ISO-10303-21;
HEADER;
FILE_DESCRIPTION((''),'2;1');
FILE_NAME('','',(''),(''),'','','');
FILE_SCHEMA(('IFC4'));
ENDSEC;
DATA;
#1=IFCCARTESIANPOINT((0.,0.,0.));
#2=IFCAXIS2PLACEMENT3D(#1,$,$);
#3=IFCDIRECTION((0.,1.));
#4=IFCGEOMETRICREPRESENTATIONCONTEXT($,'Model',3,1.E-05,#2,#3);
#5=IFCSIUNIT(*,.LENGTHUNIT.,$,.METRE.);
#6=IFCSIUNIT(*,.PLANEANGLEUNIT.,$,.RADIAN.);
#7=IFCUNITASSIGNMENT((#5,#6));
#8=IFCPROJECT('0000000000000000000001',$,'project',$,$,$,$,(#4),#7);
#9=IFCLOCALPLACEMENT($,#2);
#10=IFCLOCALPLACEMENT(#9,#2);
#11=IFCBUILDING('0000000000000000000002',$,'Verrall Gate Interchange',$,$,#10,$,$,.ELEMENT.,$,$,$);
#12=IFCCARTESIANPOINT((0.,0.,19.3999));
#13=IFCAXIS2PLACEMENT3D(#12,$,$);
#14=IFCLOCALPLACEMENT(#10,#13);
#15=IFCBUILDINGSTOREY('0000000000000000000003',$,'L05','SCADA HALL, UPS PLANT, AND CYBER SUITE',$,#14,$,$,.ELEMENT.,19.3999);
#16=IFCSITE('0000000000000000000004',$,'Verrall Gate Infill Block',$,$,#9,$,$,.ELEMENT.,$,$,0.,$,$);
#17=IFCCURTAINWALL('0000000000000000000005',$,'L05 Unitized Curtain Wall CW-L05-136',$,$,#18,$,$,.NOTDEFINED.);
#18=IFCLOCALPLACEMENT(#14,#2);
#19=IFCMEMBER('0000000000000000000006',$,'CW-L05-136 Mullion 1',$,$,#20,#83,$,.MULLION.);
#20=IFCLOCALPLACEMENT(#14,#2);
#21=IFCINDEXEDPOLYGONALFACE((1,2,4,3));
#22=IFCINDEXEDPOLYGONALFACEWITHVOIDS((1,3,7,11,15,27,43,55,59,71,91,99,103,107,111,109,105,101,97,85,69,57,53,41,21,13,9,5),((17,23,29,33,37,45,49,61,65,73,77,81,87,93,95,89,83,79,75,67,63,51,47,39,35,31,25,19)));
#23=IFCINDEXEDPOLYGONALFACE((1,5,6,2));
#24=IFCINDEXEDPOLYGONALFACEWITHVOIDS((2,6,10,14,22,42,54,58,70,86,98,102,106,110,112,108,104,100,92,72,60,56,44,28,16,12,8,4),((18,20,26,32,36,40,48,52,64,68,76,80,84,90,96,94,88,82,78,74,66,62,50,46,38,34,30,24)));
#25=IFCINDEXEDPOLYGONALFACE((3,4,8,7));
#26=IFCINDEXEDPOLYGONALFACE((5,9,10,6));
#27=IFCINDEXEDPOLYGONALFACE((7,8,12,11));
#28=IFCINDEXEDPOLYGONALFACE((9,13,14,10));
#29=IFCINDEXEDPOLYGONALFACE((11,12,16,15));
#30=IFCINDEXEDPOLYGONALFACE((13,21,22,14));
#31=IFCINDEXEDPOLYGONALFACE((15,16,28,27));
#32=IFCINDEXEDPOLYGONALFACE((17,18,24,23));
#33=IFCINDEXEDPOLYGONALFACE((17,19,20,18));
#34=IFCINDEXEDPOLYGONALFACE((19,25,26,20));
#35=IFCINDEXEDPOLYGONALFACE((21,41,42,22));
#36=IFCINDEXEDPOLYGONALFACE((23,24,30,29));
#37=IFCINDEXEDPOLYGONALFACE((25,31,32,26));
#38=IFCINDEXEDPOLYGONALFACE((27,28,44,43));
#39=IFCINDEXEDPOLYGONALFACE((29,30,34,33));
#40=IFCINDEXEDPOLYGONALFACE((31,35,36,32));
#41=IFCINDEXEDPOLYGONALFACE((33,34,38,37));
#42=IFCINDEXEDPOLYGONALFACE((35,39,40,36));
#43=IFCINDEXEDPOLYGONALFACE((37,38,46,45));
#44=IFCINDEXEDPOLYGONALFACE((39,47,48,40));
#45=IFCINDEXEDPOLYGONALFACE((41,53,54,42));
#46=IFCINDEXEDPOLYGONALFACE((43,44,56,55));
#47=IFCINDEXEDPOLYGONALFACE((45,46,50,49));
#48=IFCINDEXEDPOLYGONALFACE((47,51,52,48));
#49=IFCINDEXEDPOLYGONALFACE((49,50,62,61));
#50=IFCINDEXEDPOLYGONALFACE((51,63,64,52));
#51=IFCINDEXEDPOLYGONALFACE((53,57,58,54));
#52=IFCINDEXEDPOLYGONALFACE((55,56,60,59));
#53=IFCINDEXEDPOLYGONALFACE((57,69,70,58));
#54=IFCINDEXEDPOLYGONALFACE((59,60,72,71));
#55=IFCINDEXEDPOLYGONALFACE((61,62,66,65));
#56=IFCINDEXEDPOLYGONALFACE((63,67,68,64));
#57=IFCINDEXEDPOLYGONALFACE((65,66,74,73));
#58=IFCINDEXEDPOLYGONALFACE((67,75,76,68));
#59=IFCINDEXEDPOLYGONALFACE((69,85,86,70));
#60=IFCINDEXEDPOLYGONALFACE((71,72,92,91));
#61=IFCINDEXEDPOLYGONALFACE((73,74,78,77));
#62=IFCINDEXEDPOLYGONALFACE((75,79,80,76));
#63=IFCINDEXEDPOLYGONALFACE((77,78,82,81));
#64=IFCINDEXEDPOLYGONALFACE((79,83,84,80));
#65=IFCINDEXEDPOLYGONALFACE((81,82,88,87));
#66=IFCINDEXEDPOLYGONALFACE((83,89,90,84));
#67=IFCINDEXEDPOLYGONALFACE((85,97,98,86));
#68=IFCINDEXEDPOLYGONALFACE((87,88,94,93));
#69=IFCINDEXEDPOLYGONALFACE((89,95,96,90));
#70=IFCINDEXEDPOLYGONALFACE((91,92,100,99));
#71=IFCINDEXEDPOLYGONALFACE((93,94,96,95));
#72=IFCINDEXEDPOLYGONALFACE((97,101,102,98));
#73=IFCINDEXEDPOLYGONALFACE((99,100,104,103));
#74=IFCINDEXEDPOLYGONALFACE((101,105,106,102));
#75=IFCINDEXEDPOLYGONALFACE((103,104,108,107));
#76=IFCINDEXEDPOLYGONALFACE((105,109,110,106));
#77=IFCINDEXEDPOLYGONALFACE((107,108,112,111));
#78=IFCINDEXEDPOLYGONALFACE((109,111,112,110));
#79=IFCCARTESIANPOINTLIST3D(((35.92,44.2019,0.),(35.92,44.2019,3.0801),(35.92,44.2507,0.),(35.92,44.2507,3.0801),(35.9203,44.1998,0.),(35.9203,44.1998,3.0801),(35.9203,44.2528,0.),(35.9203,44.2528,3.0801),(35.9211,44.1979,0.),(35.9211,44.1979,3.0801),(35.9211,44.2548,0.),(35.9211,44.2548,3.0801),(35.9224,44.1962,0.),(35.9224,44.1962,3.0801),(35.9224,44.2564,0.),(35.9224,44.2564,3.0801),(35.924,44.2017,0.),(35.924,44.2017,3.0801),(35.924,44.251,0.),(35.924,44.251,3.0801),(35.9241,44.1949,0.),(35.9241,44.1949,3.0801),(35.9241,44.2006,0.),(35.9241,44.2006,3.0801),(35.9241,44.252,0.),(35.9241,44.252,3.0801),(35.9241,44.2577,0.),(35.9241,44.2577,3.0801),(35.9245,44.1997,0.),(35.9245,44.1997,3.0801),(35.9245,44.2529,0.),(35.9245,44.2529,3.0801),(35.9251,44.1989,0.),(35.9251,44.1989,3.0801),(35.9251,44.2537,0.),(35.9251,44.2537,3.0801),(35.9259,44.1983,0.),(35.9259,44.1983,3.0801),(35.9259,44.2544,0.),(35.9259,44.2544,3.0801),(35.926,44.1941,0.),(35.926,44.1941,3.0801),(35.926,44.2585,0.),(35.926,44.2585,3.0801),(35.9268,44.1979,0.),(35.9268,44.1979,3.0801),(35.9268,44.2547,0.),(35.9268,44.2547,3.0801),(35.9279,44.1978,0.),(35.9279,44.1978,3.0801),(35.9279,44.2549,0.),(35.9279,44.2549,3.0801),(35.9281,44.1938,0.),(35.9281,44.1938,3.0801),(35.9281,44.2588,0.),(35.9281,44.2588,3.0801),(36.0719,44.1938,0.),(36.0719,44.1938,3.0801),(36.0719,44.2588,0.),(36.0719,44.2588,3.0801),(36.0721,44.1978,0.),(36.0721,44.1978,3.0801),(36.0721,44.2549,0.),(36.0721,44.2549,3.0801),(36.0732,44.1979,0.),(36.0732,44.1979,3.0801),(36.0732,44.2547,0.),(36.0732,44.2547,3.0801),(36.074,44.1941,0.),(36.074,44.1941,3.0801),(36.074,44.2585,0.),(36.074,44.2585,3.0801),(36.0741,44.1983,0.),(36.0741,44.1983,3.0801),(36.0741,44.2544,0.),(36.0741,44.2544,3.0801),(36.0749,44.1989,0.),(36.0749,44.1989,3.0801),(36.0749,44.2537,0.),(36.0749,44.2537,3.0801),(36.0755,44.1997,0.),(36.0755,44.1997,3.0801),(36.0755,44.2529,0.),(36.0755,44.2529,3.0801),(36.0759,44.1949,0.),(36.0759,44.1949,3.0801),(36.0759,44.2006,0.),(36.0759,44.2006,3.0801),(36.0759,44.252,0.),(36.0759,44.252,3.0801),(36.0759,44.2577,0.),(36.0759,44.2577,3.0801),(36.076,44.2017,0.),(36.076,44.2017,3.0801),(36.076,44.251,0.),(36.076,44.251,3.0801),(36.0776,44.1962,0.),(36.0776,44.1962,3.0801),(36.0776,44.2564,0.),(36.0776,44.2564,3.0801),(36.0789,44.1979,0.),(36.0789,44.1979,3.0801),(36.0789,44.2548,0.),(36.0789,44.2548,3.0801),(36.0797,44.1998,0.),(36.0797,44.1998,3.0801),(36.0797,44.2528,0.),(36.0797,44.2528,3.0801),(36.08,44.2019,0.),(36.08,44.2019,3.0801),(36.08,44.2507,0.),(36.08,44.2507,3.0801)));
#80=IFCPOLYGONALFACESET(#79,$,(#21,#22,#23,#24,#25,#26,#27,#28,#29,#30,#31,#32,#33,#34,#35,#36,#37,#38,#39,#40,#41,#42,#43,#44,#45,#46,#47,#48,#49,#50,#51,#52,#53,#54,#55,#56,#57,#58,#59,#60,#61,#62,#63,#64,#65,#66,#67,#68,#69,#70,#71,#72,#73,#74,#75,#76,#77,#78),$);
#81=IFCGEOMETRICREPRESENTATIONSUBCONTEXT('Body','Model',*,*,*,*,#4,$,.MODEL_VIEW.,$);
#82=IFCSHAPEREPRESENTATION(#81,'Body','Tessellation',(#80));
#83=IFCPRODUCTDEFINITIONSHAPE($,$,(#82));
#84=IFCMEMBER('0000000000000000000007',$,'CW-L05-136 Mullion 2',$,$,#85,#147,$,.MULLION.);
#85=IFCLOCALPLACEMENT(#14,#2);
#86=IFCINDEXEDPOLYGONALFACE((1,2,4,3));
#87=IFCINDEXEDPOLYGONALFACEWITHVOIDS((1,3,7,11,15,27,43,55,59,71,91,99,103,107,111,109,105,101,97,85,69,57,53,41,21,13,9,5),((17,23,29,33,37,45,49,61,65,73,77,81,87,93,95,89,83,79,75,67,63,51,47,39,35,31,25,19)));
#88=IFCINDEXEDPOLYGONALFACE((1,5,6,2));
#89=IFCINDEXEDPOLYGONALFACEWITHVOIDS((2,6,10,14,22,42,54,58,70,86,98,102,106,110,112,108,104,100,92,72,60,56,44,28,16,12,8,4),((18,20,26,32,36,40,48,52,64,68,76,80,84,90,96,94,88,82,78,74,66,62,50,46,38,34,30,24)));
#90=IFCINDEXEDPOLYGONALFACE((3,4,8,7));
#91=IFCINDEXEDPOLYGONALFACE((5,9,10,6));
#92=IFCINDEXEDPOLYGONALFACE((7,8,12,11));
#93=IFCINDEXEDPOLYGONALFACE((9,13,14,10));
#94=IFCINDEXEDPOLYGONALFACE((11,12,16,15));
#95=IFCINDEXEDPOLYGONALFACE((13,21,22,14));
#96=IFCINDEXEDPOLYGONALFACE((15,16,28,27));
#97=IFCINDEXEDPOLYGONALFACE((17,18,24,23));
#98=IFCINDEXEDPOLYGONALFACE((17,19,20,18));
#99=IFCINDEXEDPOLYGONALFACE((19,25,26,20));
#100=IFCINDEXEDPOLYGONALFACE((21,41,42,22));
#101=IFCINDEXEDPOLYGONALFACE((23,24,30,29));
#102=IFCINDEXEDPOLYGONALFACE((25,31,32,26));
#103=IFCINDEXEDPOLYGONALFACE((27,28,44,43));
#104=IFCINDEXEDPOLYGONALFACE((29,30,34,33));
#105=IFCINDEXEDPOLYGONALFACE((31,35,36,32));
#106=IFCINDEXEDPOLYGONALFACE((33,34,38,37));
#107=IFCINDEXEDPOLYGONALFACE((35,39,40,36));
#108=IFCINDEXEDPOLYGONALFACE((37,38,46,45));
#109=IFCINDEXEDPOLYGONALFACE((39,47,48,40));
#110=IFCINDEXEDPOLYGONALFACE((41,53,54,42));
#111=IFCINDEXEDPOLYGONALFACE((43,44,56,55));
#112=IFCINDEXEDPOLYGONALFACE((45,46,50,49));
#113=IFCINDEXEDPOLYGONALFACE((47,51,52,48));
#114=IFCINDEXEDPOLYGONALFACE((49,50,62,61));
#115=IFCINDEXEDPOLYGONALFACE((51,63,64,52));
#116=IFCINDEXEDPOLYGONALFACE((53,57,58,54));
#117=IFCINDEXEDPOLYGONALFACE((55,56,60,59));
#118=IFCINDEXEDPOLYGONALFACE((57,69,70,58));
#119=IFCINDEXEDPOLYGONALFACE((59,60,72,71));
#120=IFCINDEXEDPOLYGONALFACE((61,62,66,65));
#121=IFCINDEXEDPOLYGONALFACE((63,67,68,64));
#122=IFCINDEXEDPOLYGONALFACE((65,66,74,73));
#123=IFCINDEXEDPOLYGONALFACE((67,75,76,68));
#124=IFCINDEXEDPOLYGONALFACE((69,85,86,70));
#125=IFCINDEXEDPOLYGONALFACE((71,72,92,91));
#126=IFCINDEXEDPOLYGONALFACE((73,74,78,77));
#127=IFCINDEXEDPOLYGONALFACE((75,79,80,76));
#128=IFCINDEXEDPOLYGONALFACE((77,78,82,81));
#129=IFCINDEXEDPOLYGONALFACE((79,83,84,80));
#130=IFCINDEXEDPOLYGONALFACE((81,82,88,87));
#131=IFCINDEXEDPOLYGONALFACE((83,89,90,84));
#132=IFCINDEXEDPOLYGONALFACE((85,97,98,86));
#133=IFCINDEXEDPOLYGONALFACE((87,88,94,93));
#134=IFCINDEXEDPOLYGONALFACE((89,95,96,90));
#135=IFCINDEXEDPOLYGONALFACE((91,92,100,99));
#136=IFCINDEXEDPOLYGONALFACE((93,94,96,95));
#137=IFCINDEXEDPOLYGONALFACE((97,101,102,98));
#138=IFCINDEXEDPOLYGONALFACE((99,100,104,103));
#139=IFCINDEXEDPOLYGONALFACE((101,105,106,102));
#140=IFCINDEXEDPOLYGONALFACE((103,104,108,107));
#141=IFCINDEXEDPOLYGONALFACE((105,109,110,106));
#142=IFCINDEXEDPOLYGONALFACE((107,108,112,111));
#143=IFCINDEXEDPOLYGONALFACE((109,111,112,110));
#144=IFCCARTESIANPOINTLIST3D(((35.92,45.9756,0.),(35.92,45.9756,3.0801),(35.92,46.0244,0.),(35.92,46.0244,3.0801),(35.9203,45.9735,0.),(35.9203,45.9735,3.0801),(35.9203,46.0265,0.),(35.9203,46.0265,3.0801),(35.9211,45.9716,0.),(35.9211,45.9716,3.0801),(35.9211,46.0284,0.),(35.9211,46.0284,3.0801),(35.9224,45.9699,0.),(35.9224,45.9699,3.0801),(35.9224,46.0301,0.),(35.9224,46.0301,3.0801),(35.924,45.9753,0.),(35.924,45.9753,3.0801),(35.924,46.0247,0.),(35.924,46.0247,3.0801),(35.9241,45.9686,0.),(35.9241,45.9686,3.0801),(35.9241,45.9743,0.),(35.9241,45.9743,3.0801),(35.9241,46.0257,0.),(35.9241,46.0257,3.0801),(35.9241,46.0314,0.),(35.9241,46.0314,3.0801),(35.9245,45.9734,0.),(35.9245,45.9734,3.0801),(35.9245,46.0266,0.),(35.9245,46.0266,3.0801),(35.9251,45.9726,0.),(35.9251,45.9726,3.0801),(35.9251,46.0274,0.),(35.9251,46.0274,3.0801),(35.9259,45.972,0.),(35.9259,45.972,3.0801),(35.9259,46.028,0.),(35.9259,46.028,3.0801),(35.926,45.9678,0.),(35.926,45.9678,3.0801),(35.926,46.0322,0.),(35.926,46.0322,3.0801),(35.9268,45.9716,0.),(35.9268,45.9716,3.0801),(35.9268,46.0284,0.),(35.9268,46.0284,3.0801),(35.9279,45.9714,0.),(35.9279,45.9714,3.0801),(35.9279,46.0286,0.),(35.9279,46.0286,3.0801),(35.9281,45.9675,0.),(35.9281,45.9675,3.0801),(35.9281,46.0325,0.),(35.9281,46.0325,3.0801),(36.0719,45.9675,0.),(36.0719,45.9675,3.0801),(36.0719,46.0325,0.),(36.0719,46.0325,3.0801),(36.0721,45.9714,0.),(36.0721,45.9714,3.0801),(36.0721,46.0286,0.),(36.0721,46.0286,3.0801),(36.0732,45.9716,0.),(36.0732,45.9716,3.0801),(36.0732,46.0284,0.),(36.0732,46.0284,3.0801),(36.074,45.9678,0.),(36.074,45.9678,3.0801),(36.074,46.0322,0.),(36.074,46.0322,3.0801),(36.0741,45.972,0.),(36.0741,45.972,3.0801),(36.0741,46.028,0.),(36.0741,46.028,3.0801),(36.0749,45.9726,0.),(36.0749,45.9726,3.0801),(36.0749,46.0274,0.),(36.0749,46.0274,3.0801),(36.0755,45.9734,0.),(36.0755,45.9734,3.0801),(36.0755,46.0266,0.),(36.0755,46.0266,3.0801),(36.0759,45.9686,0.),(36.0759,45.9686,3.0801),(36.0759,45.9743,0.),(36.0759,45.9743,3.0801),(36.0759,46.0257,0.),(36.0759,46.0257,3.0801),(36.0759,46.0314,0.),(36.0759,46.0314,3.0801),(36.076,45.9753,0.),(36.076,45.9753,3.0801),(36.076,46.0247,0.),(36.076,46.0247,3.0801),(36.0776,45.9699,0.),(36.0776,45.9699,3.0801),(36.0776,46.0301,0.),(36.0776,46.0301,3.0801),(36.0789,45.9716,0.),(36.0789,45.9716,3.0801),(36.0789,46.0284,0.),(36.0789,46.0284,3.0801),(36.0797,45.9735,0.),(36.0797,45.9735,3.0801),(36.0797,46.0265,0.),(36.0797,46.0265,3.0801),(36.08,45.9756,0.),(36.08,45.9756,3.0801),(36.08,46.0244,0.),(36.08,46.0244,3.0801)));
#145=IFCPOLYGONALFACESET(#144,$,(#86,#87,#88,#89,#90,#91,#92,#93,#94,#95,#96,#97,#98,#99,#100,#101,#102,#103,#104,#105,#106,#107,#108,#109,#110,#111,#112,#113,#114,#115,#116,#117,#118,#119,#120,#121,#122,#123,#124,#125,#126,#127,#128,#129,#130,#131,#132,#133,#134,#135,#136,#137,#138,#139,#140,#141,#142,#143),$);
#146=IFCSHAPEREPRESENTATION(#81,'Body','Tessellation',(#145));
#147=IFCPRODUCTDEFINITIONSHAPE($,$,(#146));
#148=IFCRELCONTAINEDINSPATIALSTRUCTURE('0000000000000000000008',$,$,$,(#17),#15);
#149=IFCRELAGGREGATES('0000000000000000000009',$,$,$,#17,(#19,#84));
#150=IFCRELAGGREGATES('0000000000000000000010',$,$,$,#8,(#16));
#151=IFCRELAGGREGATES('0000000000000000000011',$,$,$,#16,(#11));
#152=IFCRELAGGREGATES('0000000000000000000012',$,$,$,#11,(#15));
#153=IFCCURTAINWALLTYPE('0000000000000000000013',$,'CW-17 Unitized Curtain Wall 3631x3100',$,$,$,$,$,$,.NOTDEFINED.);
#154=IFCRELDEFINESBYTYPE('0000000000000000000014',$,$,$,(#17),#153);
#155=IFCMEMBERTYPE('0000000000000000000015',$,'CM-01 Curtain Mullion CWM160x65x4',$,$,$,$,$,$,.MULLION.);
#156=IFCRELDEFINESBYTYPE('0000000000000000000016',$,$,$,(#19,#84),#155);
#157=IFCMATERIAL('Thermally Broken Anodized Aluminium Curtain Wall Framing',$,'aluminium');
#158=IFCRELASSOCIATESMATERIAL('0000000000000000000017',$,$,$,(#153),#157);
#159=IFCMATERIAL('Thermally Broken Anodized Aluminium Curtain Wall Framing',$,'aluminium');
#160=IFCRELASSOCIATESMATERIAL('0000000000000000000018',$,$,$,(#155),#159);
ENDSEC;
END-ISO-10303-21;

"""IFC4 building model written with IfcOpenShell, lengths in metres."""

from ifc_helpers import new_model, si_unit, direction, frame, origin, origin_2d, place, context, subcontext, project, spatial, hollow_rectangle, extrude, material, material_profile, profile_set, type_object, element, aggregate, save


model = new_model("IFC4")

# Units and contexts
model_context = context("Model", 3, precision=1e-05, world=origin(), true_north=direction((0.0, 1.0)))
body_context = subcontext(model_context, "Body", "Model", "MODEL_VIEW")
ifc_project = project(units=[si_unit("LENGTHUNIT", "METRE"), si_unit("PLANEANGLEUNIT", "RADIAN")], contexts=[model_context])

# Site, building, storey
site_placement = place(None, origin())
site = spatial("IfcSite", under=ifc_project, at=site_placement, Name="Verrall Gate Infill Block", CompositionType="ELEMENT", RefElevation=0.0)
building_placement = place(site_placement, origin())
building = spatial("IfcBuilding", under=site, at=building_placement, Name="Verrall Gate Interchange", CompositionType="ELEMENT")
storey_placement = place(building_placement, frame((0.0, 0.0, 19.3999)))
storey = spatial("IfcBuildingStorey", under=building, at=storey_placement, Name="L05", Description="SCADA HALL, UPS PLANT, AND CYBER SUITE", CompositionType="ELEMENT", Elevation=19.3999)

# Curtain wall, members
ifc_material_1 = material(Name="Thermally Broken Anodized Aluminium Curtain Wall Framing", Category="aluminium")
curtain_wall_type_1 = type_object("IfcCurtainWallType", Name="CW-17 Unitized Curtain Wall 3631x3100", PredefinedType="NOTDEFINED", material=ifc_material_1)
curtain_wall_1_placement = place(storey_placement, origin())
curtain_wall_1 = element("IfcCurtainWall", 1, at=curtain_wall_1_placement, inside=storey, type_object=curtain_wall_type_1, Name="L05 Unitized Curtain Wall CW-L05-136", PredefinedType="NOTDEFINED")
ifc_material_2 = material(Name="Thermally Broken Anodized Aluminium Curtain Wall Framing", Category="aluminium")
ifc_material_profile_1 = material_profile(ifc_material_2, hollow_rectangle(XDim=0.0649, YDim=0.1599, WallThickness=0.0039, InnerFilletRadius=0.0039, OuterFilletRadius=0.0081, at=origin_2d()), Name="CWM160x65x4")
ifc_profile_set_1 = profile_set([ifc_material_profile_1], Name="Thermally Broken Anodized Aluminium Curtain Wall Framing")
member_type_1 = type_object("IfcMemberType", Name="CM-01 Curtain Mullion CWM160x65x4", PredefinedType="MULLION", material=ifc_profile_set_1)
member_1_placement = place(storey_placement, frame((36.0, 44.2263, 0.0), z_axis=(0.0, 0.0, 1.0), x_axis=(0.0, 1.0, 0.0)))
member_1 = element("IfcMember", 2, at=member_1_placement, type_object=member_type_1, Name="CW-L05-136 Mullion 1", PredefinedType="MULLION", context=body_context, shape_type="SweptSolid", body=[
    extrude(hollow_rectangle(XDim=0.0649, YDim=0.1599, WallThickness=0.0039, InnerFilletRadius=0.0039, OuterFilletRadius=0.0081, at=origin_2d()), origin(), (0.0, 0.0, 1.0), 3.0801),
])
member_2_placement = place(storey_placement, frame((36.0, 46.0, 0.0), z_axis=(0.0, 0.0, 1.0), x_axis=(0.0, 1.0, 0.0)))
member_2 = element("IfcMember", 3, at=member_2_placement, type_object=member_type_1, Name="CW-L05-136 Mullion 2", PredefinedType="MULLION", context=body_context, shape_type="SweptSolid", body=[
    extrude(hollow_rectangle(XDim=0.0649, YDim=0.1599, WallThickness=0.0039, InnerFilletRadius=0.0039, OuterFilletRadius=0.0081, at=origin_2d()), origin(), (0.0, 0.0, 1.0), 3.0801),
])

aggregate(curtain_wall_1, [member_1, member_2])

save(model, "model.ifc")
